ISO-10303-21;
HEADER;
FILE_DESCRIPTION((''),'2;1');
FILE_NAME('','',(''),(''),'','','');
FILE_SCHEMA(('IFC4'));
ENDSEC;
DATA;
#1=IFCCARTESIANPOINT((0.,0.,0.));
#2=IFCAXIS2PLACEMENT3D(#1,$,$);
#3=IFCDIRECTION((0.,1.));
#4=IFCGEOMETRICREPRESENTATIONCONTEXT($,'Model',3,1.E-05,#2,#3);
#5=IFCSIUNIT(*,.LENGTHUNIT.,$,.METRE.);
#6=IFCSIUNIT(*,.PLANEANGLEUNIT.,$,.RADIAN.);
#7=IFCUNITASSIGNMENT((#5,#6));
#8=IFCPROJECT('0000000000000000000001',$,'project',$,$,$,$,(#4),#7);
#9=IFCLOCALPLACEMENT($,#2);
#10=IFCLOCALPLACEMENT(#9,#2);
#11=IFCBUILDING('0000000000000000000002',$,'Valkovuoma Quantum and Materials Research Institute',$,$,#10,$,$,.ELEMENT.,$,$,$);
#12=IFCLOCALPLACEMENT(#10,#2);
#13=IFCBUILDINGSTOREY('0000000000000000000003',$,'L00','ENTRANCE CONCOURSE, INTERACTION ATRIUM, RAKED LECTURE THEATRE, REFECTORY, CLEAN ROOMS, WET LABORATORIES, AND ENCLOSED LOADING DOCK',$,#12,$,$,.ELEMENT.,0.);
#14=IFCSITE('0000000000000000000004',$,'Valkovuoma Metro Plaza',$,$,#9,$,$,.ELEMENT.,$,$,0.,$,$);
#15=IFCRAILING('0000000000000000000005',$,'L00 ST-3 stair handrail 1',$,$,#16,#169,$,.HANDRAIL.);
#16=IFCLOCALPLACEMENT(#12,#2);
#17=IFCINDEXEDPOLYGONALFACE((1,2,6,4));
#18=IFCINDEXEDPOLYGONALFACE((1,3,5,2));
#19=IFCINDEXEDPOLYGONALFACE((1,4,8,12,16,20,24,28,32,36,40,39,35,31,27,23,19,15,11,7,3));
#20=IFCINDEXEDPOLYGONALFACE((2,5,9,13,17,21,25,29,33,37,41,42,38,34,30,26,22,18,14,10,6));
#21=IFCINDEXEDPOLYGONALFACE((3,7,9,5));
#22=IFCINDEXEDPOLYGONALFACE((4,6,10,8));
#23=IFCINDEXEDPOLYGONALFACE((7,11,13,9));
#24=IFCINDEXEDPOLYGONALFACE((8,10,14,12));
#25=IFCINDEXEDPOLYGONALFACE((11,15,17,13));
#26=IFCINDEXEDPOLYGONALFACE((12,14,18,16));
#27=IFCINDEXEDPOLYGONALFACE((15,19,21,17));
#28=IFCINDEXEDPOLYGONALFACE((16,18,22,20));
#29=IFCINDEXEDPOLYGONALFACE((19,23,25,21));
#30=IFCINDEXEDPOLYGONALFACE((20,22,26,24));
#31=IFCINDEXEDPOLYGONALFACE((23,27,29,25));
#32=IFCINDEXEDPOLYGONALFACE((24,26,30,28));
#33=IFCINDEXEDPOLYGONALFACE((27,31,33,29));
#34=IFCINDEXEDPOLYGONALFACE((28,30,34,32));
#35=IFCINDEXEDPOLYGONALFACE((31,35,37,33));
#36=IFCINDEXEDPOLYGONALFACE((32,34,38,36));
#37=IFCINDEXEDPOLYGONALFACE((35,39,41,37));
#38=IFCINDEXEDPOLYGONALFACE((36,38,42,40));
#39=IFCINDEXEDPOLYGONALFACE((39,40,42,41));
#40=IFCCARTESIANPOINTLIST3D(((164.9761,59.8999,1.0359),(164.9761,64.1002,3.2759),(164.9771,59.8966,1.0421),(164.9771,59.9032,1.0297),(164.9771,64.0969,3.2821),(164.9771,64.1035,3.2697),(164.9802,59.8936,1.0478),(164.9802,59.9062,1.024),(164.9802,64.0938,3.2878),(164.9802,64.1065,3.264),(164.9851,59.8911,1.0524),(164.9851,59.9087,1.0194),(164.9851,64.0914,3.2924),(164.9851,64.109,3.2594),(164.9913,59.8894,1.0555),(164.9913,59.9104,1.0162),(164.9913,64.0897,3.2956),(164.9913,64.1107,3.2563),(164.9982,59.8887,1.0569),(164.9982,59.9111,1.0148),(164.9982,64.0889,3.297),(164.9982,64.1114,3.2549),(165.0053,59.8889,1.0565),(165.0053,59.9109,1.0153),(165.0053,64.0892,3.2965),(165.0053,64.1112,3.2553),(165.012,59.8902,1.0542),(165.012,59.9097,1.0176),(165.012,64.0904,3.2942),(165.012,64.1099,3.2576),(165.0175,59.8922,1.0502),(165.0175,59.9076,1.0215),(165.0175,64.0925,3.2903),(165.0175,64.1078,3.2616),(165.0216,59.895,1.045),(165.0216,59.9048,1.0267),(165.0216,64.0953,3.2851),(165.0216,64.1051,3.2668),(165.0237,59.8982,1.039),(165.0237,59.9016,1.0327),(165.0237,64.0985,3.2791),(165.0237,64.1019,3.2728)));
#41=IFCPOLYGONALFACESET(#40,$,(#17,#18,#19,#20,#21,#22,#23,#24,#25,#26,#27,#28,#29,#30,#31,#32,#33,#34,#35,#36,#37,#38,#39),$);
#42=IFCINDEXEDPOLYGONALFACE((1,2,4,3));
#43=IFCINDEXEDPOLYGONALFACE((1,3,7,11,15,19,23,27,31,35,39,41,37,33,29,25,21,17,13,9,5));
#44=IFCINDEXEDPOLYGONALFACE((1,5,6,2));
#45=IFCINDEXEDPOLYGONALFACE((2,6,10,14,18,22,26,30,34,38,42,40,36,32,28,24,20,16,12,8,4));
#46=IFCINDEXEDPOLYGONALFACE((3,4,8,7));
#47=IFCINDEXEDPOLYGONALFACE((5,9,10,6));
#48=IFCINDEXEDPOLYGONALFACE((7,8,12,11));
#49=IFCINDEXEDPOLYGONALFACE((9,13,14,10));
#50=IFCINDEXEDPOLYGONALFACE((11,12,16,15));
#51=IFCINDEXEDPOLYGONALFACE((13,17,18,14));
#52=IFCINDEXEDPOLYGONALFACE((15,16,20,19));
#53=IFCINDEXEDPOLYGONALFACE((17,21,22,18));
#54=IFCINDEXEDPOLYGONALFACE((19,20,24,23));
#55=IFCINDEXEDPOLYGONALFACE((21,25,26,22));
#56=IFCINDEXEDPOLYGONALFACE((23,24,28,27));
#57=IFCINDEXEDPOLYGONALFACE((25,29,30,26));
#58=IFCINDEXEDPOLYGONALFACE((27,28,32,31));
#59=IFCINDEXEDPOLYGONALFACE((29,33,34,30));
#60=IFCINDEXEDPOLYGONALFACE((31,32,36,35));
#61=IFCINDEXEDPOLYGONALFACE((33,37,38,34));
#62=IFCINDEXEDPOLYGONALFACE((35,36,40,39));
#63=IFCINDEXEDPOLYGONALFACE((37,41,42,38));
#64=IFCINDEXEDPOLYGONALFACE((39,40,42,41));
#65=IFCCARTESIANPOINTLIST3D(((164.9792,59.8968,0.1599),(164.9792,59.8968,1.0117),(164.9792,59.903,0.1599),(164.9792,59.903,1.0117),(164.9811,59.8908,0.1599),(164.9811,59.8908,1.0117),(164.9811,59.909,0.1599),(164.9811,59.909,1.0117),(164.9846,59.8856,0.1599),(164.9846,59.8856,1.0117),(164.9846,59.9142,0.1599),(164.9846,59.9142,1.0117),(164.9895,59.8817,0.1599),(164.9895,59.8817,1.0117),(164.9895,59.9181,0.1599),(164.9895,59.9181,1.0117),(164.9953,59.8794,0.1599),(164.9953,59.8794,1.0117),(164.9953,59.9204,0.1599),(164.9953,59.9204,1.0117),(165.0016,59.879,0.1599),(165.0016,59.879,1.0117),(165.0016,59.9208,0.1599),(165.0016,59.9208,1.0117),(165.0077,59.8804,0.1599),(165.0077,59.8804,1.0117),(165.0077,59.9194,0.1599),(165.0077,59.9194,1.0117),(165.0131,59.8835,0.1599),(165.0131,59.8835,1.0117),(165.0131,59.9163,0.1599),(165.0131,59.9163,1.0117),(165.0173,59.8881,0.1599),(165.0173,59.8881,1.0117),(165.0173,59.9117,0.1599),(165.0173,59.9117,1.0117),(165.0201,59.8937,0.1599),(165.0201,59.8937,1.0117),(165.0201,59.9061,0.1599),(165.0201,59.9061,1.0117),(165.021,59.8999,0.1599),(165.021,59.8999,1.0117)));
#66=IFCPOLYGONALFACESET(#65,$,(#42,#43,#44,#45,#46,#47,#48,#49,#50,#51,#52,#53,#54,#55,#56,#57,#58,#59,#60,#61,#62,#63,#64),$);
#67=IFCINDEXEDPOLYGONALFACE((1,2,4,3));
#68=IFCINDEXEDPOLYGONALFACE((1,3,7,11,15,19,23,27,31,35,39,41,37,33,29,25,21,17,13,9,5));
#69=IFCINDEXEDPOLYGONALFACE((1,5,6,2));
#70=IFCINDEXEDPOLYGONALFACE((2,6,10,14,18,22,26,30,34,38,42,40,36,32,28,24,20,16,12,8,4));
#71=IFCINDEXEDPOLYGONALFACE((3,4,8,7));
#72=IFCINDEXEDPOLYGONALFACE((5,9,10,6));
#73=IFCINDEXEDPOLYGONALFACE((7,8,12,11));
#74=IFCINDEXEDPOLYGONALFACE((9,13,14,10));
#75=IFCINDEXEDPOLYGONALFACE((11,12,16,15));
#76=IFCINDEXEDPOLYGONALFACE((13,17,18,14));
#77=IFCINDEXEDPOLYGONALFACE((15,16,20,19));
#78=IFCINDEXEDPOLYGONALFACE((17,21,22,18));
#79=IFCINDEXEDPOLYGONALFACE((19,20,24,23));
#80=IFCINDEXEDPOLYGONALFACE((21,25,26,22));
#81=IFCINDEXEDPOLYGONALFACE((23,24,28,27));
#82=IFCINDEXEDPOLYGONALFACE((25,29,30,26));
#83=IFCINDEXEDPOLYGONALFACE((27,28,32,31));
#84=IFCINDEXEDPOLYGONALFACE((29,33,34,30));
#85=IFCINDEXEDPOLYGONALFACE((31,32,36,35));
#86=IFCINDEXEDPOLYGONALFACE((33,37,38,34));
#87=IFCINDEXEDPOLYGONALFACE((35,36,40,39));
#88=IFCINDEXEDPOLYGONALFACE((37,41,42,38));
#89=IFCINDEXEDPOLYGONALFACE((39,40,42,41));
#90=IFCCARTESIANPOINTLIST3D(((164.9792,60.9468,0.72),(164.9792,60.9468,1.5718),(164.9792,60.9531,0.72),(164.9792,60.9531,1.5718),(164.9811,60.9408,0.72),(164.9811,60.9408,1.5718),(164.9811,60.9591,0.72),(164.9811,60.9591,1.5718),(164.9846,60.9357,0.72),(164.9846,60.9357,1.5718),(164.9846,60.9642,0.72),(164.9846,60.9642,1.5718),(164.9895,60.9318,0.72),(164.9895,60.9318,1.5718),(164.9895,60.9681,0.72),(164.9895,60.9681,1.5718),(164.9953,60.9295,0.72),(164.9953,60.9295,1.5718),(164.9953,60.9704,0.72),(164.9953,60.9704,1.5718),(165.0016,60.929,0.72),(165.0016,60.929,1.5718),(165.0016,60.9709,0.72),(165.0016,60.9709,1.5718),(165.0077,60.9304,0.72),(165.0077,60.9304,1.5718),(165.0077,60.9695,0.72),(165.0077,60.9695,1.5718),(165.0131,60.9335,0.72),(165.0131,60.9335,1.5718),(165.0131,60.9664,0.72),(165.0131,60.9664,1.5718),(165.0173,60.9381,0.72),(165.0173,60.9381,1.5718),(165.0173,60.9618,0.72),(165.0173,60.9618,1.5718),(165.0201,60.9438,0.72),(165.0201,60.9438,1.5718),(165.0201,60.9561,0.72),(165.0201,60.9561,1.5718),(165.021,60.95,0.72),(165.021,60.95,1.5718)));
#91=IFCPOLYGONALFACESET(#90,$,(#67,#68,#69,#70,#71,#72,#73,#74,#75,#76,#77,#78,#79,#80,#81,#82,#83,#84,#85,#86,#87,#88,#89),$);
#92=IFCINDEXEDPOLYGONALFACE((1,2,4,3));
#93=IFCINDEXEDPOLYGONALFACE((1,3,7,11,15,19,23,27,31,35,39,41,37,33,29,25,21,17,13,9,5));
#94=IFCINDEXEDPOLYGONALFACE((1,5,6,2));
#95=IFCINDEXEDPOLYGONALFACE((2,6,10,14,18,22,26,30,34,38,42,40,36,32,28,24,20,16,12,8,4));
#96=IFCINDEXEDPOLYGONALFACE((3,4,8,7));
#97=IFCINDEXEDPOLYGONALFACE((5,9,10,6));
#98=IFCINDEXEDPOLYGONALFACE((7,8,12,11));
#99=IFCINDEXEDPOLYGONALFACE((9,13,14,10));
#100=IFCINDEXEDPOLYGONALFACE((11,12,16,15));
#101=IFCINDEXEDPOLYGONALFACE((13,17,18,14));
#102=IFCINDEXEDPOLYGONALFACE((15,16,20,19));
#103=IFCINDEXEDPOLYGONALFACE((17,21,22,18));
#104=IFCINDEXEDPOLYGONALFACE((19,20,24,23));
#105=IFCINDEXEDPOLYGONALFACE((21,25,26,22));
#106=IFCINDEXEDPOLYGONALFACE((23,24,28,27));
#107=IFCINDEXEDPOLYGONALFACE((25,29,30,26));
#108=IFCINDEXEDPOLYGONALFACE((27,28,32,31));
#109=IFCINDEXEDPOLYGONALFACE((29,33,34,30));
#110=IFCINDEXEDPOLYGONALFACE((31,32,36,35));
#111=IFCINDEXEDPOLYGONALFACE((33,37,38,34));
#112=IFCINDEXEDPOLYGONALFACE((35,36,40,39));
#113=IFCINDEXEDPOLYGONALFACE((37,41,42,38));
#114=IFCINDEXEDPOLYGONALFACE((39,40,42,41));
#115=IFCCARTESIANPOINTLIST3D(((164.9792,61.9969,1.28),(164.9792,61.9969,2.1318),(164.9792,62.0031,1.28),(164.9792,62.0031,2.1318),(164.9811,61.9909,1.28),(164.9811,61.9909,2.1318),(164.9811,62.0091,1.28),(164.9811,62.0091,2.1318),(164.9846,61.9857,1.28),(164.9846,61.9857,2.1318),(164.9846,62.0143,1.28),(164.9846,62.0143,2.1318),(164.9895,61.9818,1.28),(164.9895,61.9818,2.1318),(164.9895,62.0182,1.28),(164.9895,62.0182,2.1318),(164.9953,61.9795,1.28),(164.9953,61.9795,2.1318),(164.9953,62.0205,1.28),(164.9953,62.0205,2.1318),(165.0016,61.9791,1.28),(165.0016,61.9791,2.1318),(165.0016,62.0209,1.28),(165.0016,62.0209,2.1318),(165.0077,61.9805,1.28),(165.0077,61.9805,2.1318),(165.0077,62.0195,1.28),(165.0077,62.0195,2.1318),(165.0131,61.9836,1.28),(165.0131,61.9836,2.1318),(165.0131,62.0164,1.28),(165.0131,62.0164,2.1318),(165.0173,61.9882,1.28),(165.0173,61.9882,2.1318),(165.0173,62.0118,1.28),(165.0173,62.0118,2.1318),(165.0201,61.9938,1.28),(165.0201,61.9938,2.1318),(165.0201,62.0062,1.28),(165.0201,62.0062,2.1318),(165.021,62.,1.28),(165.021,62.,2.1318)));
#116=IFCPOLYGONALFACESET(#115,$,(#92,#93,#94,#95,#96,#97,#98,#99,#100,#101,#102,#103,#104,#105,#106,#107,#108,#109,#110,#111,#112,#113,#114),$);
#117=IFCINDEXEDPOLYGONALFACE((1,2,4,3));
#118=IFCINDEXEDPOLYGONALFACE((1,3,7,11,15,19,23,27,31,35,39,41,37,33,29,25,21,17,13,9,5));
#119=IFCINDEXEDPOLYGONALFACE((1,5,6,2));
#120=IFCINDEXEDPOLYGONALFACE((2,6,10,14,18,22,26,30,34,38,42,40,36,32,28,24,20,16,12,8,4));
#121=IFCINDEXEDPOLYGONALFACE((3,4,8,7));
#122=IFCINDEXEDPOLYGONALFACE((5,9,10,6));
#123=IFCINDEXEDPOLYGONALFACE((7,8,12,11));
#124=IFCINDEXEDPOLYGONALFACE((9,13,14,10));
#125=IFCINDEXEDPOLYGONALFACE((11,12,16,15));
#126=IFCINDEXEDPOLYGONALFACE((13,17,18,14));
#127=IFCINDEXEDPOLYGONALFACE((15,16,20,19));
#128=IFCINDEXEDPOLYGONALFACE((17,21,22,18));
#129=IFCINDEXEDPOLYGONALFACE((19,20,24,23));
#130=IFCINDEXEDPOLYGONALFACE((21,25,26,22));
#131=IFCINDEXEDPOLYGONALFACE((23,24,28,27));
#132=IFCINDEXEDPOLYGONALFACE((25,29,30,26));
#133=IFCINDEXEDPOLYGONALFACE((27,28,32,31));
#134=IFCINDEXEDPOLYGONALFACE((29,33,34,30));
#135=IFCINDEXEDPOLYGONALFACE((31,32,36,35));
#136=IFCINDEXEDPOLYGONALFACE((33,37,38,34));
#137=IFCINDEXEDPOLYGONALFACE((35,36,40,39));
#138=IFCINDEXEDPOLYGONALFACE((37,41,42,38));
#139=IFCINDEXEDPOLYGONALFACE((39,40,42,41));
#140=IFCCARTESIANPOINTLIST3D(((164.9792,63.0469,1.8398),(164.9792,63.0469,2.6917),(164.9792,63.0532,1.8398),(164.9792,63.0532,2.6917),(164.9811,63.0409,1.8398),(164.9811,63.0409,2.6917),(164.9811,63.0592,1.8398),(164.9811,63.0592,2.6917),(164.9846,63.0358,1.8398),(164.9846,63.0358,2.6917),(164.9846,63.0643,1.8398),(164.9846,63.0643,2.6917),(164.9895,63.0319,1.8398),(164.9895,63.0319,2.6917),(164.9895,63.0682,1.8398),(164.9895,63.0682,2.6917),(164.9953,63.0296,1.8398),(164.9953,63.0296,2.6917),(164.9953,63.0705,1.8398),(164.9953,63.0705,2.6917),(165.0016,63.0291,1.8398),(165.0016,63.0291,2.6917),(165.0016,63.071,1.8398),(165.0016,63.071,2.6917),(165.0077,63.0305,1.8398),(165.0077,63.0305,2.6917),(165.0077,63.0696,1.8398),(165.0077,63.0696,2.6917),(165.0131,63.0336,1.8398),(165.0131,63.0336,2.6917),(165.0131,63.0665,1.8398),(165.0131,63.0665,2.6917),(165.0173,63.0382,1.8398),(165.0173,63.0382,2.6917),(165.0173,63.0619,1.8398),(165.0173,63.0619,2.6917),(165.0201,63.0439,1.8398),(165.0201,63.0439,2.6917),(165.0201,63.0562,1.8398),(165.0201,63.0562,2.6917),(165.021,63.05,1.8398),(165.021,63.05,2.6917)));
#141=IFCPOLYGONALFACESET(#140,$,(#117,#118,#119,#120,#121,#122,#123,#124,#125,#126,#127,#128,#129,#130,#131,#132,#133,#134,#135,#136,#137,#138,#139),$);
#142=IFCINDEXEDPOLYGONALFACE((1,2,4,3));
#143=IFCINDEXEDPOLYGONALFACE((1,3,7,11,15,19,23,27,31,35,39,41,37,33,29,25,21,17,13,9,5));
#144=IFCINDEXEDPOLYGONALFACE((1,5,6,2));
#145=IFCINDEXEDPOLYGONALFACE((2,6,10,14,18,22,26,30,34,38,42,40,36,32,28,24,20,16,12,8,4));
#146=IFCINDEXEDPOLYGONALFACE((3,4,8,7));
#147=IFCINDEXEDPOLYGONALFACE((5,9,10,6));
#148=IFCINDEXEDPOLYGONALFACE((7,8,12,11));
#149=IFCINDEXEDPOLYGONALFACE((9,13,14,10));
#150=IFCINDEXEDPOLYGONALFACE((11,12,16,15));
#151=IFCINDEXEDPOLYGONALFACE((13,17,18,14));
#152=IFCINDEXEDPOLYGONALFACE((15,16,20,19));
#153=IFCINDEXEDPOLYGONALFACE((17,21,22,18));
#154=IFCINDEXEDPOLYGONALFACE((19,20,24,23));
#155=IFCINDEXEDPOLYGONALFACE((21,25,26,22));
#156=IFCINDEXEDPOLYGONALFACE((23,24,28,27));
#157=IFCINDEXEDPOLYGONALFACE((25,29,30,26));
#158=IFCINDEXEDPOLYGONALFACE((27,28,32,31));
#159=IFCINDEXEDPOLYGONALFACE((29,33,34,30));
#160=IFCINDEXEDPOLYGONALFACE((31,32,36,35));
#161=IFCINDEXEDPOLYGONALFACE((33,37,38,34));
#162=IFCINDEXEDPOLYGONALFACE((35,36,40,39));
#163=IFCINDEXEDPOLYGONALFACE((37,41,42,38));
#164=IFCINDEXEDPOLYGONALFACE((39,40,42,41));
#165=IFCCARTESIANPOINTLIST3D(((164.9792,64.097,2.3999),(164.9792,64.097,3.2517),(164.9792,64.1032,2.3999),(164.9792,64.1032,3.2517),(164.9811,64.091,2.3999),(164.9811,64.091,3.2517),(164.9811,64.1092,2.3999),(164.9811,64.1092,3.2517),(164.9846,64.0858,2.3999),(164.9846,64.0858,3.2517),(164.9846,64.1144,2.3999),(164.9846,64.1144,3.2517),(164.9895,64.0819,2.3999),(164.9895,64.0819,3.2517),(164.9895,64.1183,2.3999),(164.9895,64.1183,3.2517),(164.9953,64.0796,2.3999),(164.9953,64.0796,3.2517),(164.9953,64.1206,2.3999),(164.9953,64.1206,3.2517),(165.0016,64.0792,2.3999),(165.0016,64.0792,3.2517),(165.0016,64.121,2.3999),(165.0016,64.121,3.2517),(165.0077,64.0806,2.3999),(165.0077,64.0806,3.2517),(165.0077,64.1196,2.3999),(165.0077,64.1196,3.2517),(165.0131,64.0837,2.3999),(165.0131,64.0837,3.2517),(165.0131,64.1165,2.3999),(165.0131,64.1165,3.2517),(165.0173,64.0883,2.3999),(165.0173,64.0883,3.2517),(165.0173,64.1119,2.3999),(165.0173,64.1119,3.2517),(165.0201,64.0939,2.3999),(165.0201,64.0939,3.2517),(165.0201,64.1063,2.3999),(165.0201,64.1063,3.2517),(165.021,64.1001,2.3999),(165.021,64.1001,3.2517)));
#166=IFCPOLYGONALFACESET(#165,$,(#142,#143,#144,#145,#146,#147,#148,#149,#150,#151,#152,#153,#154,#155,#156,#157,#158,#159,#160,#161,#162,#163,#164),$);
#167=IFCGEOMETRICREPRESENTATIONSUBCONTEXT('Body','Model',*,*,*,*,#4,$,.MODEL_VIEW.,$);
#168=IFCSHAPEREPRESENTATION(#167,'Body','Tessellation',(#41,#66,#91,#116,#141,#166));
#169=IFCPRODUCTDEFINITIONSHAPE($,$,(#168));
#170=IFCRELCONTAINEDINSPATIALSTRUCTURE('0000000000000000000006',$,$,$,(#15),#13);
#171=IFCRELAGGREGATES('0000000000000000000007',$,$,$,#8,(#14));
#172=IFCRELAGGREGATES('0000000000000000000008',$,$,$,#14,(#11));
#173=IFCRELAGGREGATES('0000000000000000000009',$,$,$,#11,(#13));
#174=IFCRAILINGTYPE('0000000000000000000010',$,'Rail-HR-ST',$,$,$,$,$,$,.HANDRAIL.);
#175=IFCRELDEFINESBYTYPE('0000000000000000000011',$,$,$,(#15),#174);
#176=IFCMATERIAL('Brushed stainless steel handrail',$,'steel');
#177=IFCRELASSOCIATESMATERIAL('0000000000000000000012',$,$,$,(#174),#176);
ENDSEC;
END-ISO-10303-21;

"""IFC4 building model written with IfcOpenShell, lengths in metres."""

from ifc_helpers import new_model, si_unit, direction, frame, origin, origin_2d, place, context, subcontext, project, spatial, circle, extrude, material, type_object, element, save


model = new_model("IFC4")

# Units and contexts
model_context = context("Model", 3, precision=1e-05, world=origin(), true_north=direction((0.0, 1.0)))
body_context = subcontext(model_context, "Body", "Model", "MODEL_VIEW")
ifc_project = project(units=[si_unit("LENGTHUNIT", "METRE"), si_unit("PLANEANGLEUNIT", "RADIAN")], contexts=[model_context])

# Site, building, storey
site_placement = place(None, origin())
site = spatial("IfcSite", under=ifc_project, at=site_placement, Name="Valkovuoma Metro Plaza", CompositionType="ELEMENT", RefElevation=0.0)
building_placement = place(site_placement, origin())
building = spatial("IfcBuilding", under=site, at=building_placement, Name="Valkovuoma Quantum and Materials Research Institute", CompositionType="ELEMENT")
storey_placement = place(building_placement, origin())
storey = spatial("IfcBuildingStorey", under=building, at=storey_placement, Name="L00", Description="ENTRANCE CONCOURSE, INTERACTION ATRIUM, RAKED LECTURE THEATRE, REFECTORY, CLEAN ROOMS, WET LABORATORIES, AND ENCLOSED LOADING DOCK", CompositionType="ELEMENT", Elevation=0.0)

# Railing
ifc_material_1 = material(Name="Brushed stainless steel handrail", Category="steel")
railing_type_1 = type_object("IfcRailingType", Name="Rail-HR-ST", PredefinedType="HANDRAIL", material=ifc_material_1)
railing_1_placement = place(storey_placement, frame((165.0, 59.8999, 0.1599)))
element("IfcRailing", 1, at=railing_1_placement, inside=storey, type_object=railing_type_1, Name="L00 ST-3 stair handrail 1", PredefinedType="HANDRAIL", context=body_context, shape_type="SweptSolid", body=[
    extrude(circle(Radius=0.0239, at=origin_2d()), frame((0.0, 0.0, 0.876), z_axis=(0.0, 0.882363, 0.47057), x_axis=(-1.0, 0.0, 0.0)), (0.0, 0.0, 1.0), 4.7603),
    extrude(circle(Radius=0.021, at=origin_2d()), origin(), (0.0, 0.0, 1.0), 0.8518),
    extrude(circle(Radius=0.021, at=origin_2d()), frame((0.0, 1.05, 0.5601)), (0.0, 0.0, 1.0), 0.8518),
    extrude(circle(Radius=0.021, at=origin_2d()), frame((0.0, 2.1001, 1.1201)), (0.0, 0.0, 1.0), 0.8518),
    extrude(circle(Radius=0.021, at=origin_2d()), frame((0.0, 3.1501, 1.6799)), (0.0, 0.0, 1.0), 0.8518),
    extrude(circle(Radius=0.021, at=origin_2d()), frame((0.0, 4.2002, 2.24)), (0.0, 0.0, 1.0), 0.8518),
])

save(model, "model.ifc")
